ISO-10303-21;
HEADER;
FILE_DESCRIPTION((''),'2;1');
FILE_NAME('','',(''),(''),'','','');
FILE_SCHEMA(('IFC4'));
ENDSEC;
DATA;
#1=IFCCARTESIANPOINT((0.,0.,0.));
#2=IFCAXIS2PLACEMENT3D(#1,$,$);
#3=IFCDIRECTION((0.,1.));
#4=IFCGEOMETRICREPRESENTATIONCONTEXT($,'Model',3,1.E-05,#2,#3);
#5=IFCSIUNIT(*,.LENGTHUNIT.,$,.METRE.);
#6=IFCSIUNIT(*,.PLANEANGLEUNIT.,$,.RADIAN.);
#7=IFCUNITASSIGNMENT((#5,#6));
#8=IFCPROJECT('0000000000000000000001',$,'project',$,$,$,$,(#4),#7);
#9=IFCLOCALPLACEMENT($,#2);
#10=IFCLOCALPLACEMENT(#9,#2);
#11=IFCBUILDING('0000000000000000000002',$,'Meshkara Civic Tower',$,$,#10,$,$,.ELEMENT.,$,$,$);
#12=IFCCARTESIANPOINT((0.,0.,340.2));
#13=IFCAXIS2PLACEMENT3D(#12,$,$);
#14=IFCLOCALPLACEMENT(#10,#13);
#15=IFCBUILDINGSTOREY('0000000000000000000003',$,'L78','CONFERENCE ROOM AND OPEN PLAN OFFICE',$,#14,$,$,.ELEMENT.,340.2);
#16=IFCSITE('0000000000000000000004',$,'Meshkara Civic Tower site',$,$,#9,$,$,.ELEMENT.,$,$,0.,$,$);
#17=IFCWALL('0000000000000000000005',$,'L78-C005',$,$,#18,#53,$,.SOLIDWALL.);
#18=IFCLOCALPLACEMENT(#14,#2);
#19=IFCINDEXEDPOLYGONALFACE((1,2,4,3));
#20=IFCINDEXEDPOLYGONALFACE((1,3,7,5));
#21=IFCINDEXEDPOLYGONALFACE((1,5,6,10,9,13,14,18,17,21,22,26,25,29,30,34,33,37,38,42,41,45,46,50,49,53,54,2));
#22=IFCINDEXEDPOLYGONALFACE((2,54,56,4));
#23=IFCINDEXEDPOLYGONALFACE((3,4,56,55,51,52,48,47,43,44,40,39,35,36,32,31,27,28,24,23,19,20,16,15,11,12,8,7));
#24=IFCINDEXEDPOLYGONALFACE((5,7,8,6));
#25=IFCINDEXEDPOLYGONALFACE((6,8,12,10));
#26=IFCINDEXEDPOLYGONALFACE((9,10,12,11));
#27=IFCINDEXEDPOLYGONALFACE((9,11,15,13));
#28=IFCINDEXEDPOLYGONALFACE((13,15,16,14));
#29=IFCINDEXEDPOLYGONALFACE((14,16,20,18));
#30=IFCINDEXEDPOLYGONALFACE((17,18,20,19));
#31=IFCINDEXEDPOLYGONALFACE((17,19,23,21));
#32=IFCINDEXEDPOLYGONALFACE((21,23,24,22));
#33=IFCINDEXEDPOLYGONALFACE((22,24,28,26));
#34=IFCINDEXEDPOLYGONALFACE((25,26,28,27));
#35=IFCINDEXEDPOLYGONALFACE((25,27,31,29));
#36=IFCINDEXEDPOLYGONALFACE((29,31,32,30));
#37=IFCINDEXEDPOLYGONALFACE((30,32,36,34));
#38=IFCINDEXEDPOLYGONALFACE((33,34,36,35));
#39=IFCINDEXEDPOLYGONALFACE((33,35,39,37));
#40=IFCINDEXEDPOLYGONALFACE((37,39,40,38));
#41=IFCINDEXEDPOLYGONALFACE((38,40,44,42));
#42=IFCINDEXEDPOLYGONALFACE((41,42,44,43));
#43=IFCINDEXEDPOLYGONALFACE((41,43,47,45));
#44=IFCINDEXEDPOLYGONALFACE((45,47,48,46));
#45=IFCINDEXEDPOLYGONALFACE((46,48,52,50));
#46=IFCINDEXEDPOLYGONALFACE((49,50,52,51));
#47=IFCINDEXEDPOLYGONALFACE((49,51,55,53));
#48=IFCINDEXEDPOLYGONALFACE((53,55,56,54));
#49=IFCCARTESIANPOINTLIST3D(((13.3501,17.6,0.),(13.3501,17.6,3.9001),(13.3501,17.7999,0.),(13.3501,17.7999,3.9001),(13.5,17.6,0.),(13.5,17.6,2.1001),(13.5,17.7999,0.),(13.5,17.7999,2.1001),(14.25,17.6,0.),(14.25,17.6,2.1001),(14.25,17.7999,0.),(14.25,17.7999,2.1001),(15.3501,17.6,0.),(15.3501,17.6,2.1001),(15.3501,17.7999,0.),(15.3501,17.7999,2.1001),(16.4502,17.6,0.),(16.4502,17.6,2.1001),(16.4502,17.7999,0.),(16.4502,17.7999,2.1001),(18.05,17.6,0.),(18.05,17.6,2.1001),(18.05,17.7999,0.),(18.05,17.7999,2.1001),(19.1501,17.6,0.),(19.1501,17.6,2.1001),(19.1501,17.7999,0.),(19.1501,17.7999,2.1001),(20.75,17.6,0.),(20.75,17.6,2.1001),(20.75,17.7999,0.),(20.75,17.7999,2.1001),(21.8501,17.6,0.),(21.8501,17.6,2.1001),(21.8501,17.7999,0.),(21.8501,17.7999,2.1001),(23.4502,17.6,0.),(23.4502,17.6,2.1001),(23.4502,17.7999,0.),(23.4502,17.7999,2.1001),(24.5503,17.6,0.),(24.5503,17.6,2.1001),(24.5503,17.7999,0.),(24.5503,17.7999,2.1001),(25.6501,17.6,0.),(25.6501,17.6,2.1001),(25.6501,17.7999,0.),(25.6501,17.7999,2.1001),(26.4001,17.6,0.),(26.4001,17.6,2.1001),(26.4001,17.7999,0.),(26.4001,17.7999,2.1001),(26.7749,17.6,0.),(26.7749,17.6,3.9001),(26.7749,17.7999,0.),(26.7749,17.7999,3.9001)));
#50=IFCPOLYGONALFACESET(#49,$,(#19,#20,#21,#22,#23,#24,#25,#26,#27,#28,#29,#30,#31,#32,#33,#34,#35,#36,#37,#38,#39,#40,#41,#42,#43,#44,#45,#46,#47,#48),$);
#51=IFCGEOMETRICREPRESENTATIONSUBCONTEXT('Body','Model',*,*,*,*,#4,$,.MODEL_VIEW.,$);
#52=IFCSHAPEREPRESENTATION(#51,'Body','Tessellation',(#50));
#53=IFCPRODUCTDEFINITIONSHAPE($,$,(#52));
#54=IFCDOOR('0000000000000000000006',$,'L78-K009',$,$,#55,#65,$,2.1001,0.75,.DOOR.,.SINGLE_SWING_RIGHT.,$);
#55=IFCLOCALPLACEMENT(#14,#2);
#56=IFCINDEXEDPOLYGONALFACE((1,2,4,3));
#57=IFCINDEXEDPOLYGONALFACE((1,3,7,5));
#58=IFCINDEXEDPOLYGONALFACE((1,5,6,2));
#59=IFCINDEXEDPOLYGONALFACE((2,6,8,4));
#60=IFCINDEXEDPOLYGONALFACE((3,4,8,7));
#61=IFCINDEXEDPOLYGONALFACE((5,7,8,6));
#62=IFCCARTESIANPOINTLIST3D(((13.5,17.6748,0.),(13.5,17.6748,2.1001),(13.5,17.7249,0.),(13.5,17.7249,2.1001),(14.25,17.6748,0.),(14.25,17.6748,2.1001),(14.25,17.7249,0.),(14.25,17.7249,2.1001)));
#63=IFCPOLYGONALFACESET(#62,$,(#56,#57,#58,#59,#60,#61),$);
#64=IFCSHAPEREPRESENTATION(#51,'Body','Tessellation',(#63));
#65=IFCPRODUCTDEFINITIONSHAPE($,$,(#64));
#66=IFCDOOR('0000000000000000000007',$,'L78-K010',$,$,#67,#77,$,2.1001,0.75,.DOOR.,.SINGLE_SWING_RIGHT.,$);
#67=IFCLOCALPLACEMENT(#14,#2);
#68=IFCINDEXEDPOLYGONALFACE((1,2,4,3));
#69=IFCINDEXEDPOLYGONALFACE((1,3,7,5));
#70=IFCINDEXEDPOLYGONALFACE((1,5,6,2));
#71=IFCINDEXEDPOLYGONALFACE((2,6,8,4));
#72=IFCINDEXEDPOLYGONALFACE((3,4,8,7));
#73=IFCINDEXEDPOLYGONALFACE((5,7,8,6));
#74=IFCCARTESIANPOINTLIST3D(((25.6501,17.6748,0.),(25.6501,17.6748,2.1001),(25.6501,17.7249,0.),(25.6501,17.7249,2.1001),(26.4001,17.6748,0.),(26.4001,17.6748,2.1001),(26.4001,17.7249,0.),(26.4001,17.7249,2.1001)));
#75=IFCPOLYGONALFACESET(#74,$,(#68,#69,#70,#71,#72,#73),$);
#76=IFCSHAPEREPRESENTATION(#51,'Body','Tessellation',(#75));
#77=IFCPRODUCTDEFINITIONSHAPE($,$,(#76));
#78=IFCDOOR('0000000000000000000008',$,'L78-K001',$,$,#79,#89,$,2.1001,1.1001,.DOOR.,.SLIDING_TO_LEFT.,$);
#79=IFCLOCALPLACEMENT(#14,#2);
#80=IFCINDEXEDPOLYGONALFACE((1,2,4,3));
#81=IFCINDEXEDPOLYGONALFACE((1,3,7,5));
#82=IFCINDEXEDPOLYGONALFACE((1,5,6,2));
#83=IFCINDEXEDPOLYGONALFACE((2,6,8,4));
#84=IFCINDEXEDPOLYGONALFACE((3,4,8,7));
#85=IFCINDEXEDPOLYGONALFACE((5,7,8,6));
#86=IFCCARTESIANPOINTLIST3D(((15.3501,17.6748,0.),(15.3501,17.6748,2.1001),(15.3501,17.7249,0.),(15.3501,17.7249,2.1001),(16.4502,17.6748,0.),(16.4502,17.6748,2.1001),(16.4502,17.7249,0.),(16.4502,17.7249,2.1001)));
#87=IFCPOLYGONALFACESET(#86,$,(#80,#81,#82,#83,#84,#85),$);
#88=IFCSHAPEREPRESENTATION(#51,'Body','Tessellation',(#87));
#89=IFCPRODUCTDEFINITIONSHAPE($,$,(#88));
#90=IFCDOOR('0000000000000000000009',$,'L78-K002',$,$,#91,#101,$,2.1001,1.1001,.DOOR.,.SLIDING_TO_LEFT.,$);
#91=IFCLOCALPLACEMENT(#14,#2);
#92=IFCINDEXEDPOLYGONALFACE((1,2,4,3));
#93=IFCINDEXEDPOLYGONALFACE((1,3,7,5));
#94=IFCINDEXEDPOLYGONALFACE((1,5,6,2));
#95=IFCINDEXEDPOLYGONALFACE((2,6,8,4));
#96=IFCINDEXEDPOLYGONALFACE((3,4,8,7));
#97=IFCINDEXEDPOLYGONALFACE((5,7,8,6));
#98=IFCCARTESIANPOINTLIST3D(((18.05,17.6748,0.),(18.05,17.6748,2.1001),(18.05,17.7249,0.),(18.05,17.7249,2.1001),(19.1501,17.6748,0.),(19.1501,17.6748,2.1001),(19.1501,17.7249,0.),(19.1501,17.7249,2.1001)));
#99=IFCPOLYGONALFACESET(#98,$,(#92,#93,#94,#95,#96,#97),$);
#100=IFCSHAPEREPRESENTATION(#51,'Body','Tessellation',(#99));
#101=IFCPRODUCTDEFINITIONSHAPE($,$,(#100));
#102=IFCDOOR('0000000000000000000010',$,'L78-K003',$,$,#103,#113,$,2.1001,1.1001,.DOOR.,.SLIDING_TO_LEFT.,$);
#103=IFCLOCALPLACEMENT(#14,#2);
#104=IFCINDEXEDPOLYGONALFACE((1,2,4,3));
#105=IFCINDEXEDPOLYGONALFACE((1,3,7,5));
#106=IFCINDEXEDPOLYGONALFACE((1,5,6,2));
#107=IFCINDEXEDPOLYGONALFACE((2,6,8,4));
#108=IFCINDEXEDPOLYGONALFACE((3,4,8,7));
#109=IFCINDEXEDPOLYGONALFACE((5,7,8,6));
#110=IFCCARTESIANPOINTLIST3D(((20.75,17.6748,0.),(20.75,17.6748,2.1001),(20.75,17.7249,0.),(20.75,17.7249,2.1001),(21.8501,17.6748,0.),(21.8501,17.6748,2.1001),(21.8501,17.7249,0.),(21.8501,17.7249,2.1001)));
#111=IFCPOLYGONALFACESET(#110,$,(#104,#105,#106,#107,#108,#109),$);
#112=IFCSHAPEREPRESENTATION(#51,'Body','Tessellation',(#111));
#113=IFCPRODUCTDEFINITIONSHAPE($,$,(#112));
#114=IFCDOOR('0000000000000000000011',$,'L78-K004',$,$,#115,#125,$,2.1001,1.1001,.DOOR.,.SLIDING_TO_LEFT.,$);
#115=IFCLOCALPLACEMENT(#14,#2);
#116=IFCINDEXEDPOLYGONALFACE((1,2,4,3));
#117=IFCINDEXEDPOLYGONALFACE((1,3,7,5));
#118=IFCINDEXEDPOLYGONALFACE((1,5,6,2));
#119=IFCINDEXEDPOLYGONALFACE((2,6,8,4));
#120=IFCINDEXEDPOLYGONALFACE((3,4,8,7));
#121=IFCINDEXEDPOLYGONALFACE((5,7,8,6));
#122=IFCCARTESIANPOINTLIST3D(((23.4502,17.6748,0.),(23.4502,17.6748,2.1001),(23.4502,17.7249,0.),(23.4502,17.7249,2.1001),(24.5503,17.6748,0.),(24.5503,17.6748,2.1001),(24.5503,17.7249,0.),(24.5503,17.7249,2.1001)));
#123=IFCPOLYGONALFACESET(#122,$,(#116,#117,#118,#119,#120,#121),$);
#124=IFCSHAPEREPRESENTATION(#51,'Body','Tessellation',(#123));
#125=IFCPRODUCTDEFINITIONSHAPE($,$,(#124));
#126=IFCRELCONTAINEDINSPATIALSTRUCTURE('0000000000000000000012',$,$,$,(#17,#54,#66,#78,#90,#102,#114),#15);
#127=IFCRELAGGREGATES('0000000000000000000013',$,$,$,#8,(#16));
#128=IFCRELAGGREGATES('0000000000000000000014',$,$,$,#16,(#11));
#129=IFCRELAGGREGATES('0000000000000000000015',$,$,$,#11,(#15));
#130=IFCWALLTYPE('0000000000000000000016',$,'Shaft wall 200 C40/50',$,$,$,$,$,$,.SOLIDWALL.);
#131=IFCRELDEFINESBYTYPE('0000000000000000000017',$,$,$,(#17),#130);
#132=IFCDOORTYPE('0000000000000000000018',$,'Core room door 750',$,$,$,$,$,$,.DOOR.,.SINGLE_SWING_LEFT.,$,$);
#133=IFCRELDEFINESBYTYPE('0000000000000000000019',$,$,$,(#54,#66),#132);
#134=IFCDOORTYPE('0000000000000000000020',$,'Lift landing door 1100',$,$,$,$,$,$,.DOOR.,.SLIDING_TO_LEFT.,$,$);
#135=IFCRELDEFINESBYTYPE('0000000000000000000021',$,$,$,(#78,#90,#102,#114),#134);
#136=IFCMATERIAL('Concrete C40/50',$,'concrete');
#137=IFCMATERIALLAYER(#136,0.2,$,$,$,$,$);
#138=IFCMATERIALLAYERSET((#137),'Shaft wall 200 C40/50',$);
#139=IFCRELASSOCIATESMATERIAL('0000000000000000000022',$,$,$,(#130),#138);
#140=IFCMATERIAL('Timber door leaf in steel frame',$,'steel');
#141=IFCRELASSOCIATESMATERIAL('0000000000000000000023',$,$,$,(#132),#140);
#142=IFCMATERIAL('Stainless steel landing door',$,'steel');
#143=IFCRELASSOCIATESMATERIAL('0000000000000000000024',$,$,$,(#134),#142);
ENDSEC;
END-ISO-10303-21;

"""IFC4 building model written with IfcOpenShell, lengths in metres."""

from ifc_helpers import new_model, si_unit, direction, frame, frame_2d, origin, place, context, subcontext, project, spatial, rectangle, extrude, material, layer, layer_set, type_object, element, fill, save


model = new_model("IFC4")

# Units and contexts
model_context = context("Model", 3, precision=1e-05, world=origin(), true_north=direction((0.0, 1.0)))
body_context = subcontext(model_context, "Body", "Model", "MODEL_VIEW")
ifc_project = project(units=[si_unit("LENGTHUNIT", "METRE"), si_unit("PLANEANGLEUNIT", "RADIAN")], contexts=[model_context])

# Site, building, storey
site_placement = place(None, origin())
site = spatial("IfcSite", under=ifc_project, at=site_placement, Name="Meshkara Civic Tower site", CompositionType="ELEMENT", RefElevation=0.0)
building_placement = place(site_placement, origin())
building = spatial("IfcBuilding", under=site, at=building_placement, Name="Meshkara Civic Tower", CompositionType="ELEMENT")
storey_placement = place(building_placement, frame((0.0, 0.0, 340.2)))
storey = spatial("IfcBuildingStorey", under=building, at=storey_placement, Name="L78", Description="CONFERENCE ROOM AND OPEN PLAN OFFICE", CompositionType="ELEMENT", Elevation=340.2)

# Wall, openings, doors
ifc_material_1 = material(Name="Concrete C40/50", Category="concrete")
ifc_layer_1 = layer(ifc_material_1, 0.2)
ifc_layer_set_1 = layer_set([ifc_layer_1], Name="Shaft wall 200 C40/50")
wall_type_1 = type_object("IfcWallType", Name="Shaft wall 200 C40/50", PredefinedType="SOLIDWALL", material=ifc_layer_set_1)
wall_1_placement = place(storey_placement, frame((13.3501, 17.7, 0.0), z_axis=(0.0, 0.0, 1.0), x_axis=(1.0, 0.0, 0.0)))
wall_1 = element("IfcWall", 1, at=wall_1_placement, inside=storey, type_object=wall_type_1, Name="L78-C005", PredefinedType="SOLIDWALL", context=body_context, shape_type="SweptSolid", body=[
    extrude(rectangle(XDim=13.4248, YDim=0.2, at=frame_2d((6.7124, 0.0))), origin(), (0.0, 0.0, 1.0), 3.9001),
])
opening_1_placement = place(wall_1_placement, frame((2.0, 0.0, 0.0)))
opening_1 = element("IfcOpeningElement", 2, at=opening_1_placement, cuts=wall_1, PredefinedType="OPENING", context=body_context, shape_type="SweptSolid", body=[
    extrude(rectangle(XDim=1.1001, YDim=2.1001, at=frame_2d((0.55, 1.05))), frame((0.0, 0.1099, 0.0), z_axis=(0.0, -1.0, 0.0), x_axis=(1.0, 0.0, 0.0)), (0.0, 0.0, 1.0), 0.22),
])
opening_2_placement = place(wall_1_placement, frame((4.7, 0.0, 0.0)))
opening_2 = element("IfcOpeningElement", 3, at=opening_2_placement, cuts=wall_1, PredefinedType="OPENING", context=body_context, shape_type="SweptSolid", body=[
    extrude(rectangle(XDim=1.1001, YDim=2.1001, at=frame_2d((0.55, 1.05))), frame((0.0, 0.1099, 0.0), z_axis=(0.0, -1.0, 0.0), x_axis=(1.0, 0.0, 0.0)), (0.0, 0.0, 1.0), 0.22),
])
opening_3_placement = place(wall_1_placement, frame((7.3999, 0.0, 0.0)))
opening_3 = element("IfcOpeningElement", 4, at=opening_3_placement, cuts=wall_1, PredefinedType="OPENING", context=body_context, shape_type="SweptSolid", body=[
    extrude(rectangle(XDim=1.1001, YDim=2.1001, at=frame_2d((0.55, 1.05))), frame((0.0, 0.1099, 0.0), z_axis=(0.0, -1.0, 0.0), x_axis=(1.0, 0.0, 0.0)), (0.0, 0.0, 1.0), 0.22),
])
opening_4_placement = place(wall_1_placement, frame((10.1001, 0.0, 0.0)))
opening_4 = element("IfcOpeningElement", 5, at=opening_4_placement, cuts=wall_1, PredefinedType="OPENING", context=body_context, shape_type="SweptSolid", body=[
    extrude(rectangle(XDim=1.1001, YDim=2.1001, at=frame_2d((0.55, 1.05))), frame((0.0, 0.1099, 0.0), z_axis=(0.0, -1.0, 0.0), x_axis=(1.0, 0.0, 0.0)), (0.0, 0.0, 1.0), 0.22),
])
opening_5_placement = place(wall_1_placement, frame((0.1499, 0.0, 0.0)))
opening_5 = element("IfcOpeningElement", 6, at=opening_5_placement, cuts=wall_1, PredefinedType="OPENING", context=body_context, shape_type="SweptSolid", body=[
    extrude(rectangle(XDim=0.75, YDim=2.1001, at=frame_2d((0.375, 1.05))), frame((0.0, 0.1099, 0.0), z_axis=(0.0, -1.0, 0.0), x_axis=(1.0, 0.0, 0.0)), (0.0, 0.0, 1.0), 0.22),
])
opening_6_placement = place(wall_1_placement, frame((12.3, 0.0, 0.0)))
opening_6 = element("IfcOpeningElement", 7, at=opening_6_placement, cuts=wall_1, PredefinedType="OPENING", context=body_context, shape_type="SweptSolid", body=[
    extrude(rectangle(XDim=0.75, YDim=2.1001, at=frame_2d((0.375, 1.05))), frame((0.0, 0.1099, 0.0), z_axis=(0.0, -1.0, 0.0), x_axis=(1.0, 0.0, 0.0)), (0.0, 0.0, 1.0), 0.22),
])
ifc_material_2 = material(Name="Timber door leaf in steel frame", Category="steel")
door_type_1 = type_object("IfcDoorType", Name="Core room door 750", OperationType="SINGLE_SWING_LEFT", PredefinedType="DOOR", material=ifc_material_2)
door_1_placement = place(opening_5_placement, origin())
door_1 = element("IfcDoor", 8, at=door_1_placement, inside=storey, type_object=door_type_1, Name="L78-K009", OperationType="SINGLE_SWING_RIGHT", OverallHeight=2.1001, OverallWidth=0.75, PredefinedType="DOOR", context=body_context, shape_type="SweptSolid", body=[
    extrude(rectangle(XDim=0.75, YDim=2.1001, at=frame_2d((0.375, 1.05))), frame((0.0, 0.0249, 0.0), z_axis=(0.0, -1.0, 0.0), x_axis=(1.0, 0.0, 0.0)), (0.0, 0.0, 1.0), 0.05),
])
fill(opening_5, door_1)
door_2_placement = place(opening_6_placement, origin())
door_2 = element("IfcDoor", 9, at=door_2_placement, inside=storey, type_object=door_type_1, Name="L78-K010", OperationType="SINGLE_SWING_RIGHT", OverallHeight=2.1001, OverallWidth=0.75, PredefinedType="DOOR", context=body_context, shape_type="SweptSolid", body=[
    extrude(rectangle(XDim=0.75, YDim=2.1001, at=frame_2d((0.375, 1.05))), frame((0.0, 0.0249, 0.0), z_axis=(0.0, -1.0, 0.0), x_axis=(1.0, 0.0, 0.0)), (0.0, 0.0, 1.0), 0.05),
])
fill(opening_6, door_2)
ifc_material_3 = material(Name="Stainless steel landing door", Category="steel")
door_type_2 = type_object("IfcDoorType", Name="Lift landing door 1100", OperationType="SLIDING_TO_LEFT", PredefinedType="DOOR", material=ifc_material_3)
door_3_placement = place(opening_1_placement, origin())
door_3 = element("IfcDoor", 10, at=door_3_placement, inside=storey, type_object=door_type_2, Name="L78-K001", OperationType="SLIDING_TO_LEFT", OverallHeight=2.1001, OverallWidth=1.1001, PredefinedType="DOOR", context=body_context, shape_type="SweptSolid", body=[
    extrude(rectangle(XDim=1.1001, YDim=2.1001, at=frame_2d((0.55, 1.05))), frame((0.0, 0.0249, 0.0), z_axis=(0.0, -1.0, 0.0), x_axis=(1.0, 0.0, 0.0)), (0.0, 0.0, 1.0), 0.05),
])
fill(opening_1, door_3)
door_4_placement = place(opening_2_placement, origin())
door_4 = element("IfcDoor", 11, at=door_4_placement, inside=storey, type_object=door_type_2, Name="L78-K002", OperationType="SLIDING_TO_LEFT", OverallHeight=2.1001, OverallWidth=1.1001, PredefinedType="DOOR", context=body_context, shape_type="SweptSolid", body=[
    extrude(rectangle(XDim=1.1001, YDim=2.1001, at=frame_2d((0.55, 1.05))), frame((0.0, 0.0249, 0.0), z_axis=(0.0, -1.0, 0.0), x_axis=(1.0, 0.0, 0.0)), (0.0, 0.0, 1.0), 0.05),
])
fill(opening_2, door_4)
door_5_placement = place(opening_3_placement, origin())
door_5 = element("IfcDoor", 12, at=door_5_placement, inside=storey, type_object=door_type_2, Name="L78-K003", OperationType="SLIDING_TO_LEFT", OverallHeight=2.1001, OverallWidth=1.1001, PredefinedType="DOOR", context=body_context, shape_type="SweptSolid", body=[
    extrude(rectangle(XDim=1.1001, YDim=2.1001, at=frame_2d((0.55, 1.05))), frame((0.0, 0.0249, 0.0), z_axis=(0.0, -1.0, 0.0), x_axis=(1.0, 0.0, 0.0)), (0.0, 0.0, 1.0), 0.05),
])
fill(opening_3, door_5)
door_6_placement = place(opening_4_placement, origin())
door_6 = element("IfcDoor", 13, at=door_6_placement, inside=storey, type_object=door_type_2, Name="L78-K004", OperationType="SLIDING_TO_LEFT", OverallHeight=2.1001, OverallWidth=1.1001, PredefinedType="DOOR", context=body_context, shape_type="SweptSolid", body=[
    extrude(rectangle(XDim=1.1001, YDim=2.1001, at=frame_2d((0.55, 1.05))), frame((0.0, 0.0249, 0.0), z_axis=(0.0, -1.0, 0.0), x_axis=(1.0, 0.0, 0.0)), (0.0, 0.0, 1.0), 0.05),
])
fill(opening_4, door_6)

save(model, "model.ifc")
